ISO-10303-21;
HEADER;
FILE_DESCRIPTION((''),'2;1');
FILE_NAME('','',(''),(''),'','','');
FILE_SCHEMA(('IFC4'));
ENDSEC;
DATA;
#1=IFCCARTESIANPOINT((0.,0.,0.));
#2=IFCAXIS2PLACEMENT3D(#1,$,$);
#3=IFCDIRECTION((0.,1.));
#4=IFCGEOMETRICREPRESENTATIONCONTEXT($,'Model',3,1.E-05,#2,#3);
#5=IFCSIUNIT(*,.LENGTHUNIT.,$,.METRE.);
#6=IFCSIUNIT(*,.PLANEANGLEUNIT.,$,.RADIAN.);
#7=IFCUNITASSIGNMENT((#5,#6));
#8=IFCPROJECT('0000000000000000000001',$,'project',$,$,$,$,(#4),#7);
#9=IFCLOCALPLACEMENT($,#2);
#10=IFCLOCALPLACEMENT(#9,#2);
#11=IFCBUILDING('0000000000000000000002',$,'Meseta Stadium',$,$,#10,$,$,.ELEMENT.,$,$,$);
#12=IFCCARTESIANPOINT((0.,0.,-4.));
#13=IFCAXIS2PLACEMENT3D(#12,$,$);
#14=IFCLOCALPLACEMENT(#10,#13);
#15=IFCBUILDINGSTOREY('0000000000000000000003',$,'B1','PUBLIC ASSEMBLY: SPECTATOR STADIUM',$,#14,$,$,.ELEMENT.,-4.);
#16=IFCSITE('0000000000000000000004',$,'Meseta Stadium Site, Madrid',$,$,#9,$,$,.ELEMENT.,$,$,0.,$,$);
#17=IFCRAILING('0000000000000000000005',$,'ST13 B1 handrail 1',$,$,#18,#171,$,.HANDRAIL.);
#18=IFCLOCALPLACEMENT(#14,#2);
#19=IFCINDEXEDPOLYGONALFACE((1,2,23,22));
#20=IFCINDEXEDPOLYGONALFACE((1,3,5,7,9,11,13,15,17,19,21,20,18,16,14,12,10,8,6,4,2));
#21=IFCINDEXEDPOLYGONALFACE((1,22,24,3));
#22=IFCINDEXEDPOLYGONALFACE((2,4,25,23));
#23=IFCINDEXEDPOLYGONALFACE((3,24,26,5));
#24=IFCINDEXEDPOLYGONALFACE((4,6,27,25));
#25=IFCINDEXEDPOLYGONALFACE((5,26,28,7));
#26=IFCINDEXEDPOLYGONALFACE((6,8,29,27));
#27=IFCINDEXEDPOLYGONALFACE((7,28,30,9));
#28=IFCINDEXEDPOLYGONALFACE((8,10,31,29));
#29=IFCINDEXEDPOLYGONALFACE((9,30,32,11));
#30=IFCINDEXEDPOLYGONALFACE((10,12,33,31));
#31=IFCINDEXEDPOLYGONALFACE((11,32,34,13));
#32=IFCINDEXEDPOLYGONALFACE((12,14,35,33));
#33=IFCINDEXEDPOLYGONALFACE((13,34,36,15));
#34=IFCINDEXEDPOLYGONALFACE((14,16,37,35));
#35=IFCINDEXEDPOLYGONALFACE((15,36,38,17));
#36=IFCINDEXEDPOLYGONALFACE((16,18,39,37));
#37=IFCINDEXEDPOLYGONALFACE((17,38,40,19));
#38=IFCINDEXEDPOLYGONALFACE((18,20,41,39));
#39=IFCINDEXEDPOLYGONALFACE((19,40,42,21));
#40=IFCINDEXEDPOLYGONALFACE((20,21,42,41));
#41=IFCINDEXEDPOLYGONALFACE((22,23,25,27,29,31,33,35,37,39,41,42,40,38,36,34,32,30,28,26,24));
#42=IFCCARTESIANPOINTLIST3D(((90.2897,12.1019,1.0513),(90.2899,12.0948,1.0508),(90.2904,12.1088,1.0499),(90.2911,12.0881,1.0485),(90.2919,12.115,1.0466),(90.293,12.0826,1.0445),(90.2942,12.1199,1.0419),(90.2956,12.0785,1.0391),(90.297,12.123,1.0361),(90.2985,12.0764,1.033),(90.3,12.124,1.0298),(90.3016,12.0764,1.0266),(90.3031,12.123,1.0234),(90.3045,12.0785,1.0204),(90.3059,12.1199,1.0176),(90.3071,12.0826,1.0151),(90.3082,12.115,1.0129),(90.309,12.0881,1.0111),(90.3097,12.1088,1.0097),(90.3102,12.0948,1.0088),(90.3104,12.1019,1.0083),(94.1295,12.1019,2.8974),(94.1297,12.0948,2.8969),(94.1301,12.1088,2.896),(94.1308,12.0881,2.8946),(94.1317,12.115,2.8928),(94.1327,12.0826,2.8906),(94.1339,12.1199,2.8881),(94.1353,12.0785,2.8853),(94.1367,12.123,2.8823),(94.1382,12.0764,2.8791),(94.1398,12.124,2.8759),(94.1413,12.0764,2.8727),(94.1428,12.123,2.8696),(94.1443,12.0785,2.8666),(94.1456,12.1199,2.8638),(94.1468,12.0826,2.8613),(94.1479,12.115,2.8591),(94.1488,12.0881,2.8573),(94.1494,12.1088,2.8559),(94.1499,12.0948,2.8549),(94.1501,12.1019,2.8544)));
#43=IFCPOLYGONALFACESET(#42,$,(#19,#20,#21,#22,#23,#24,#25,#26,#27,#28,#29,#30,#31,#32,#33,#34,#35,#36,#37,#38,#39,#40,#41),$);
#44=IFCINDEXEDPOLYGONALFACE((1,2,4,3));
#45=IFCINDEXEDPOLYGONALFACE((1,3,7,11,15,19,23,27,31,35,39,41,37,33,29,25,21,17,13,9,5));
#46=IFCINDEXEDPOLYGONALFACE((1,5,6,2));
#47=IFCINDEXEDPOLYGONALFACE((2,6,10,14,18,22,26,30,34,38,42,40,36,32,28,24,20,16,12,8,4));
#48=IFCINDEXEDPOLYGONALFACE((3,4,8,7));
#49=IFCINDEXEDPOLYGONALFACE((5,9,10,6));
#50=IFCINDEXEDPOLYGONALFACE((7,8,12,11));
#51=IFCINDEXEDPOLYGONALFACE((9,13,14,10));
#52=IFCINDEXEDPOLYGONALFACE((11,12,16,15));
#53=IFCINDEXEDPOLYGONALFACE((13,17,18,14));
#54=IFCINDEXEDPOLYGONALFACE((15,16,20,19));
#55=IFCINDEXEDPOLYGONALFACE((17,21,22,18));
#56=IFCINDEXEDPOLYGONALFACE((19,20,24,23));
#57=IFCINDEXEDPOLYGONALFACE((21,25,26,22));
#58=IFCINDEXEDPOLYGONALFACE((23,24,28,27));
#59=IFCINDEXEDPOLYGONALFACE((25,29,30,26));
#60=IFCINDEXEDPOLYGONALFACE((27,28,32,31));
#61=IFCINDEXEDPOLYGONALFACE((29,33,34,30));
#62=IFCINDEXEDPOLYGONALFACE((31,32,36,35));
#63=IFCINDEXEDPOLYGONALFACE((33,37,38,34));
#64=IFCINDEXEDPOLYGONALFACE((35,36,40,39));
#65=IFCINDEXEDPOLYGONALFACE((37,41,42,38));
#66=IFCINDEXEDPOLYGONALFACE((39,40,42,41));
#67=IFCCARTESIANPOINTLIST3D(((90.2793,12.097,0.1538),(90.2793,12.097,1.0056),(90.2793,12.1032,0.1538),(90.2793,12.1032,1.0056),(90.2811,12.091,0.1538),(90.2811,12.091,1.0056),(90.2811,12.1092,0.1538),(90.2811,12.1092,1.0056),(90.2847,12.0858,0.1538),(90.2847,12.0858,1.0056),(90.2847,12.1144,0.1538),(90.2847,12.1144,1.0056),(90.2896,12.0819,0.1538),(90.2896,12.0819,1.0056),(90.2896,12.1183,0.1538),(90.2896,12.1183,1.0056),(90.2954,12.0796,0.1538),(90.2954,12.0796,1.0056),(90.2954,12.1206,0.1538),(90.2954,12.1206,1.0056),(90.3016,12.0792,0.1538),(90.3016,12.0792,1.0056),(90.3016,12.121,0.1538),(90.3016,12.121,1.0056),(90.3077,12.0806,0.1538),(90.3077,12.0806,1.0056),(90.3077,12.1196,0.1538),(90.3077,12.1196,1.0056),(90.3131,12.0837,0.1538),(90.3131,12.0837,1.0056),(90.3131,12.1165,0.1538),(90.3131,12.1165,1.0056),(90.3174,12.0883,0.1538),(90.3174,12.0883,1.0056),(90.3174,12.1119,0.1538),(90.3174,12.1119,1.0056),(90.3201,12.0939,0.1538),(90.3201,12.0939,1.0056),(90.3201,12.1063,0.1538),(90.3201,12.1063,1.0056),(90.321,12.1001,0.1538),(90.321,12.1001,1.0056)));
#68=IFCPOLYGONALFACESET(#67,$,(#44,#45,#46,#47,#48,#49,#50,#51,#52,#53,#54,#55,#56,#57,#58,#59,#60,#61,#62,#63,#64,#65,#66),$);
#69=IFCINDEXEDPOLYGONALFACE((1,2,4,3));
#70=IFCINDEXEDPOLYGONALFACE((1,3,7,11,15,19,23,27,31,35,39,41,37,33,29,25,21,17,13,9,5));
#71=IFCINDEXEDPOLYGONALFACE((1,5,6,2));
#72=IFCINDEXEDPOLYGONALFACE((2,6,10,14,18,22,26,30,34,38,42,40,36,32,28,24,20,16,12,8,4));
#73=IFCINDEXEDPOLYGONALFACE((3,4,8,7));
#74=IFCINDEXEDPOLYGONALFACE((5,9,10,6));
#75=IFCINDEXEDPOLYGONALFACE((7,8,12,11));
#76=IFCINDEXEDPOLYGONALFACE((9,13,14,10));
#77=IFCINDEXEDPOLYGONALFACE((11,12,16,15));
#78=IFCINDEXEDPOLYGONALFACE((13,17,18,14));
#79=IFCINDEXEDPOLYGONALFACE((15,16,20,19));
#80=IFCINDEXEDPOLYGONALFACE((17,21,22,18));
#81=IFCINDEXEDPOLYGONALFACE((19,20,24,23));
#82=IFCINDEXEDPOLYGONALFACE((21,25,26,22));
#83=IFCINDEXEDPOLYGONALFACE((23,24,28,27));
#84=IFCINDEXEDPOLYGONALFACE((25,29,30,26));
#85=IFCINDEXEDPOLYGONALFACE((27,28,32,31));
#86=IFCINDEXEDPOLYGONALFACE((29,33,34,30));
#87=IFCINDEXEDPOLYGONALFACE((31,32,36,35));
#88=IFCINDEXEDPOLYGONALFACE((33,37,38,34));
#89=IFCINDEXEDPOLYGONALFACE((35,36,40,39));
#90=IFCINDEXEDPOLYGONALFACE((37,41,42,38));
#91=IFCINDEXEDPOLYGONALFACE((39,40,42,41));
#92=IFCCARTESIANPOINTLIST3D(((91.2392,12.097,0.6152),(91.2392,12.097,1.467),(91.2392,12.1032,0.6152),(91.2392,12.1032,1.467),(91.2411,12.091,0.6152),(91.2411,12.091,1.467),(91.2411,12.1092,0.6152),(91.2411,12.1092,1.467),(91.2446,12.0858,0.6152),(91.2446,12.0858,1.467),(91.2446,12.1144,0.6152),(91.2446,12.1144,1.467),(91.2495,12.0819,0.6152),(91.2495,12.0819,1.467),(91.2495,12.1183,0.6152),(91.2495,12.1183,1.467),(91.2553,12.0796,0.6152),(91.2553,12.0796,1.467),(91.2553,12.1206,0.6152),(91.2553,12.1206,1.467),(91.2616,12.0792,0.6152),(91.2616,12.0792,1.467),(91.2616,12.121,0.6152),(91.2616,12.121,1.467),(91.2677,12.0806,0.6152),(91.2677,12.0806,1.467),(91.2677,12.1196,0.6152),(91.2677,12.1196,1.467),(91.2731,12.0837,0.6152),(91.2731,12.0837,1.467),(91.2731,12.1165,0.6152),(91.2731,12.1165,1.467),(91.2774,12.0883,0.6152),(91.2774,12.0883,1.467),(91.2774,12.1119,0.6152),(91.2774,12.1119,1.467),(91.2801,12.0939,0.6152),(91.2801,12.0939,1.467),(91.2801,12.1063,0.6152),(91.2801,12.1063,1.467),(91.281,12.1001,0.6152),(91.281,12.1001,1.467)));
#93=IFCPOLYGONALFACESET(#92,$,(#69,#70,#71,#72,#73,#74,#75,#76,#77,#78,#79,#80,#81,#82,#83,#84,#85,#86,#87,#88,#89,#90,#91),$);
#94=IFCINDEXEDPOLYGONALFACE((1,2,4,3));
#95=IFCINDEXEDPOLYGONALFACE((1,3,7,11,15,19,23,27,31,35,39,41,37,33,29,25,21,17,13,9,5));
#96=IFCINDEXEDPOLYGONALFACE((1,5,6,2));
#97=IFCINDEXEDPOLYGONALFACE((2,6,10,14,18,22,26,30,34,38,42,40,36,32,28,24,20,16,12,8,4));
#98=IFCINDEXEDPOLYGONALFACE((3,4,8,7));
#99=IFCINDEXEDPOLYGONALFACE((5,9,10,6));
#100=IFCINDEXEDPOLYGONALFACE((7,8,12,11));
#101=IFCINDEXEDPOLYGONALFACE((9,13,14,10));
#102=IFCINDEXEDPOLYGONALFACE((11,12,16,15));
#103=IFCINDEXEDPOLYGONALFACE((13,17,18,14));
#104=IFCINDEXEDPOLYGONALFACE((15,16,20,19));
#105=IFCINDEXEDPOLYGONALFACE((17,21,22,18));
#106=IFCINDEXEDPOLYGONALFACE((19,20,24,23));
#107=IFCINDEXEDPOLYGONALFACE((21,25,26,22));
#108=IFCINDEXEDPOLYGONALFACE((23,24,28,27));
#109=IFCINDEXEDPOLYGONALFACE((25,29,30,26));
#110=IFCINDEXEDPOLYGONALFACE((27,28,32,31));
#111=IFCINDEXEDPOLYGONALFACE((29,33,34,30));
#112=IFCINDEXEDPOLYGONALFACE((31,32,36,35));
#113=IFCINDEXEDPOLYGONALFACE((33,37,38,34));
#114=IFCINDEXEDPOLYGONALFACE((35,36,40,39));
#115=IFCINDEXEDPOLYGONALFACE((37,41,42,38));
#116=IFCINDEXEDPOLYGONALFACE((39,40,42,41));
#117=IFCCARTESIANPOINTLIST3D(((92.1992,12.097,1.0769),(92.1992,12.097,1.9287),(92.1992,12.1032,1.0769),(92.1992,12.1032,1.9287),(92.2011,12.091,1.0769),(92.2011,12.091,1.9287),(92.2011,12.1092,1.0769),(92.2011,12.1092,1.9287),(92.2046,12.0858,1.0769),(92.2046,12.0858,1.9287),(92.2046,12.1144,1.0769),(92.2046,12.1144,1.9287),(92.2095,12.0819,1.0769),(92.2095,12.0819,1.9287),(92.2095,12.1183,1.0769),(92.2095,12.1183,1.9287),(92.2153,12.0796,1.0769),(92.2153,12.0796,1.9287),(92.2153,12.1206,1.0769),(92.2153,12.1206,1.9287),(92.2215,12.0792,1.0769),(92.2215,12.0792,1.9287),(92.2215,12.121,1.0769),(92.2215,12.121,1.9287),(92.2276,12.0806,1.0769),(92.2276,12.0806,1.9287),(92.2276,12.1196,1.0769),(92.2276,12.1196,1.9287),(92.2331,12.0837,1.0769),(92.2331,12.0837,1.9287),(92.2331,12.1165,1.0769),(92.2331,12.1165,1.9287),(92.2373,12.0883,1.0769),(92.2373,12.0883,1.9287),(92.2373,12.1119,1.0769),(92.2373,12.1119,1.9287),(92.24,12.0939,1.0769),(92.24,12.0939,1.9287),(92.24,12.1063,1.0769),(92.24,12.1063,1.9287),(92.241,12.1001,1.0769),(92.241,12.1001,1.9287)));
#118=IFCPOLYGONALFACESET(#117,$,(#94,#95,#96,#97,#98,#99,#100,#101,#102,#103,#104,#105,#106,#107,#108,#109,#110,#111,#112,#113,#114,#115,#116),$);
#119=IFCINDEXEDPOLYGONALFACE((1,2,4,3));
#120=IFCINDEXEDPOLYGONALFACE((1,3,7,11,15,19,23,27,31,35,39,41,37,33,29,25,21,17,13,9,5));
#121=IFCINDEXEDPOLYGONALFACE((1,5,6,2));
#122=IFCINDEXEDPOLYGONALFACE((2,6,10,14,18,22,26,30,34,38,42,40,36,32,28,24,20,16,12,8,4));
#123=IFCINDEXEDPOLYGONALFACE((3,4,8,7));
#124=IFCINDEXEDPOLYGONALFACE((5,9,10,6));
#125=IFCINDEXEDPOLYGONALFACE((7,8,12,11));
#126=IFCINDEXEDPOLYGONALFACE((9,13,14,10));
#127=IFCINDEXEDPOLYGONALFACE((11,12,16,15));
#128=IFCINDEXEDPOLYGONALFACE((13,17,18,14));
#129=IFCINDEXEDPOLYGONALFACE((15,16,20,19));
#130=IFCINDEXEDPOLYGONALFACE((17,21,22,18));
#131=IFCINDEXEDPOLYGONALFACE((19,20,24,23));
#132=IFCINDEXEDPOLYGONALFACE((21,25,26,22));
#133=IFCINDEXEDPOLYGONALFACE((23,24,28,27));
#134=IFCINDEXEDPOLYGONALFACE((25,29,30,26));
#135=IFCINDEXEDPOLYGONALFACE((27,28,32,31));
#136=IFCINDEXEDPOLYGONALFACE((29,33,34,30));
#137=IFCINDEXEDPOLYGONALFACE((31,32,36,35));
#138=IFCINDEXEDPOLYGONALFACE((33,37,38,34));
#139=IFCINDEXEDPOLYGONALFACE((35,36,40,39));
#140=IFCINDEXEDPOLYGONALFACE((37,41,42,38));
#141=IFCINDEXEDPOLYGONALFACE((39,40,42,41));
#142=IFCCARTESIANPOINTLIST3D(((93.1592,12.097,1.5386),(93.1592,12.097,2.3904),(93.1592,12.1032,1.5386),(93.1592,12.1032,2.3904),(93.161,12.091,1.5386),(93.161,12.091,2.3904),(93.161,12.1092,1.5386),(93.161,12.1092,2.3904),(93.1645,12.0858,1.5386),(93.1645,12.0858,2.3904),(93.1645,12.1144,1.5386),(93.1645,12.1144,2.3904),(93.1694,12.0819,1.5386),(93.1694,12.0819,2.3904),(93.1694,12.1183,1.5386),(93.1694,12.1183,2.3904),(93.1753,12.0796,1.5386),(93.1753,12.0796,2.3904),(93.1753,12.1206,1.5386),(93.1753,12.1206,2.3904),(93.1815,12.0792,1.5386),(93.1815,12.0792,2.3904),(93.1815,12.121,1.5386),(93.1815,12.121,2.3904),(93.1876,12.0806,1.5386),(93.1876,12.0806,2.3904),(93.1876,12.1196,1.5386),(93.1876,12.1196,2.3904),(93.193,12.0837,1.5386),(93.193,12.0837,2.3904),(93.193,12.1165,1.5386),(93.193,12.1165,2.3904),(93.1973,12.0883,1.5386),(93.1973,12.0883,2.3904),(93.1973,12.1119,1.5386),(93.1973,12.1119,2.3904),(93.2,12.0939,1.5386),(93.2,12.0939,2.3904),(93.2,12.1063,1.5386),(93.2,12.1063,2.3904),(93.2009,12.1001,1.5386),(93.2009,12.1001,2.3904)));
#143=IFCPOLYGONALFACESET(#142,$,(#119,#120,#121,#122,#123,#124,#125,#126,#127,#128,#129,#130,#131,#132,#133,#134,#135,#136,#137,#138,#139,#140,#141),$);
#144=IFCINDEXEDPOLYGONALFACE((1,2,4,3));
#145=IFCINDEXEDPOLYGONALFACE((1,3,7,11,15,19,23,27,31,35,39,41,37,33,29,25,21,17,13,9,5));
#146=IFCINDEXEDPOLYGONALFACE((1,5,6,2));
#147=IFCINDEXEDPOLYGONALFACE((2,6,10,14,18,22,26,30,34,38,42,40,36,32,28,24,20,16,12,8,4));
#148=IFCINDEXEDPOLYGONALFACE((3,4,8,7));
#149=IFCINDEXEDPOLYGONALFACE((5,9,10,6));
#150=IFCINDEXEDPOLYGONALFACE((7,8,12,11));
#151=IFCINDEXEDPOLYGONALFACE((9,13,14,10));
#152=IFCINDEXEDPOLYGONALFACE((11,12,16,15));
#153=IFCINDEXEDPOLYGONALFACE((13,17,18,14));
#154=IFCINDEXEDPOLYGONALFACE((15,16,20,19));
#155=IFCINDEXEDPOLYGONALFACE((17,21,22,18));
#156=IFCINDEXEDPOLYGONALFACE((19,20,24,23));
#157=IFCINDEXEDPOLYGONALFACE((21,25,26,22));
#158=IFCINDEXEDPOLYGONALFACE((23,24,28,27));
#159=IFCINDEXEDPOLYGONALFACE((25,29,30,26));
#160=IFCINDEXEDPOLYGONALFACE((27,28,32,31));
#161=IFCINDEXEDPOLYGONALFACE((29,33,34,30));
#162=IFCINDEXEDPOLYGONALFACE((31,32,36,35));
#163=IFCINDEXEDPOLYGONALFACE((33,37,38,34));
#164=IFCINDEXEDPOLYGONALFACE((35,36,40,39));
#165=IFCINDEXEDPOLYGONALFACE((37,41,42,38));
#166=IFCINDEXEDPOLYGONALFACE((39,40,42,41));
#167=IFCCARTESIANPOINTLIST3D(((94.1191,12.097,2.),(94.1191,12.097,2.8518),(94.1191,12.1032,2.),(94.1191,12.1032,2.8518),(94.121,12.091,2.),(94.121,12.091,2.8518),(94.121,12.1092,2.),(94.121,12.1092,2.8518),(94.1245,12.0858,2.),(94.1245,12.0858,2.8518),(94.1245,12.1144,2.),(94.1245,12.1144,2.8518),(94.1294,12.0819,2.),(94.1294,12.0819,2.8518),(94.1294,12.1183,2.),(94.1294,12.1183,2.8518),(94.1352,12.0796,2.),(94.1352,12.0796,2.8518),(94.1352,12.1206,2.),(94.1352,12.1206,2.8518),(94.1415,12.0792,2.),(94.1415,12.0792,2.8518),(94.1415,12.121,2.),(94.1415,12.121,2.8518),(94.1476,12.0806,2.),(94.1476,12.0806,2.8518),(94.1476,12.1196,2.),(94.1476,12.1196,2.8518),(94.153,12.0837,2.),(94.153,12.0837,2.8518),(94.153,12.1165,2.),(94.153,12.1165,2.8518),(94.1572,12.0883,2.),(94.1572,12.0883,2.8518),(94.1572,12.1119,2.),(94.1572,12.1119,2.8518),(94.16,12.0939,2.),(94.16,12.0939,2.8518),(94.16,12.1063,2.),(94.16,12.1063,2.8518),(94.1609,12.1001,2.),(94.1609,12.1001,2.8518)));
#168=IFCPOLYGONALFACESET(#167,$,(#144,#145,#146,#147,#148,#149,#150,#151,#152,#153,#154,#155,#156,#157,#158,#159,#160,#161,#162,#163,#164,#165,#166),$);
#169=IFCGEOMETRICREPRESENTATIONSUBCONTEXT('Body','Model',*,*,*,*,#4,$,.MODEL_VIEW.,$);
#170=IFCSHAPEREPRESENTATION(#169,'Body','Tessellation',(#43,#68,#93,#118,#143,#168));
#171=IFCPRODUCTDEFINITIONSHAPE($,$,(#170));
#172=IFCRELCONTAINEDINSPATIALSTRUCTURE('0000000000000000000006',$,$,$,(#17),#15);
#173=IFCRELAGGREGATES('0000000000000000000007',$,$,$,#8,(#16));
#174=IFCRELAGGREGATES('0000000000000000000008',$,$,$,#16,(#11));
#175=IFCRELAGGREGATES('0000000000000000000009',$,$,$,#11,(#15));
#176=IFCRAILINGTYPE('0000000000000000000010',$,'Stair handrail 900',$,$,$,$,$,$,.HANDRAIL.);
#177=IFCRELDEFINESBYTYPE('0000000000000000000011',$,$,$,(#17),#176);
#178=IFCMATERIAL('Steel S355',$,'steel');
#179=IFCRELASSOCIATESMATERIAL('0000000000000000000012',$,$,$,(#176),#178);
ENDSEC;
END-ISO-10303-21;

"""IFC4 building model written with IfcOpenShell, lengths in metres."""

from ifc_helpers import new_model, si_unit, direction, frame, origin, origin_2d, place, context, subcontext, project, spatial, circle, extrude, material, type_object, element, save


model = new_model("IFC4")

# Units and contexts
model_context = context("Model", 3, precision=1e-05, world=origin(), true_north=direction((0.0, 1.0)))
body_context = subcontext(model_context, "Body", "Model", "MODEL_VIEW")
ifc_project = project(units=[si_unit("LENGTHUNIT", "METRE"), si_unit("PLANEANGLEUNIT", "RADIAN")], contexts=[model_context])

# Site, building, storey
site_placement = place(None, origin())
site = spatial("IfcSite", under=ifc_project, at=site_placement, Name="Meseta Stadium Site, Madrid", CompositionType="ELEMENT", RefElevation=0.0)
building_placement = place(site_placement, origin())
building = spatial("IfcBuilding", under=site, at=building_placement, Name="Meseta Stadium", CompositionType="ELEMENT")
storey_placement = place(building_placement, frame((0.0, 0.0, -4.0)))
storey = spatial("IfcBuildingStorey", under=building, at=storey_placement, Name="B1", Description="PUBLIC ASSEMBLY: SPECTATOR STADIUM", CompositionType="ELEMENT", Elevation=-4.0)

# Railing
ifc_material_1 = material(Name="Steel S355", Category="steel")
railing_type_1 = type_object("IfcRailingType", Name="Stair handrail 900", PredefinedType="HANDRAIL", material=ifc_material_1)
for number, where, name in (
    (1, (90.3, 12.1001, 0.1538), "ST13 B1 handrail 1"),
):
    element("IfcRailing", number, at=place(storey_placement, frame(where)), inside=storey, type_object=railing_type_1, Name=name, PredefinedType="HANDRAIL", context=body_context, shape_type="SweptSolid", body=[
        extrude(circle(Radius=0.0239, at=origin_2d()), frame((0.0, 0.0, 0.876), z_axis=(0.901242, 0.0, 0.433316), x_axis=(0.0, 1.0, 0.0)), (0.0, 0.0, 1.0), 4.2605),
        extrude(circle(Radius=0.021, at=origin_2d()), origin(), (0.0, 0.0, 1.0), 0.8518),
        extrude(circle(Radius=0.021, at=origin_2d()), frame((0.96, 0.0, 0.4614)), (0.0, 0.0, 1.0), 0.8518),
        extrude(circle(Radius=0.021, at=origin_2d()), frame((1.9199, 0.0, 0.9231)), (0.0, 0.0, 1.0), 0.8518),
        extrude(circle(Radius=0.021, at=origin_2d()), frame((2.8799, 0.0, 1.3848)), (0.0, 0.0, 1.0), 0.8518),
        extrude(circle(Radius=0.021, at=origin_2d()), frame((3.8398, 0.0, 1.8462)), (0.0, 0.0, 1.0), 0.8518),
    ])

save(model, "model.ifc")
